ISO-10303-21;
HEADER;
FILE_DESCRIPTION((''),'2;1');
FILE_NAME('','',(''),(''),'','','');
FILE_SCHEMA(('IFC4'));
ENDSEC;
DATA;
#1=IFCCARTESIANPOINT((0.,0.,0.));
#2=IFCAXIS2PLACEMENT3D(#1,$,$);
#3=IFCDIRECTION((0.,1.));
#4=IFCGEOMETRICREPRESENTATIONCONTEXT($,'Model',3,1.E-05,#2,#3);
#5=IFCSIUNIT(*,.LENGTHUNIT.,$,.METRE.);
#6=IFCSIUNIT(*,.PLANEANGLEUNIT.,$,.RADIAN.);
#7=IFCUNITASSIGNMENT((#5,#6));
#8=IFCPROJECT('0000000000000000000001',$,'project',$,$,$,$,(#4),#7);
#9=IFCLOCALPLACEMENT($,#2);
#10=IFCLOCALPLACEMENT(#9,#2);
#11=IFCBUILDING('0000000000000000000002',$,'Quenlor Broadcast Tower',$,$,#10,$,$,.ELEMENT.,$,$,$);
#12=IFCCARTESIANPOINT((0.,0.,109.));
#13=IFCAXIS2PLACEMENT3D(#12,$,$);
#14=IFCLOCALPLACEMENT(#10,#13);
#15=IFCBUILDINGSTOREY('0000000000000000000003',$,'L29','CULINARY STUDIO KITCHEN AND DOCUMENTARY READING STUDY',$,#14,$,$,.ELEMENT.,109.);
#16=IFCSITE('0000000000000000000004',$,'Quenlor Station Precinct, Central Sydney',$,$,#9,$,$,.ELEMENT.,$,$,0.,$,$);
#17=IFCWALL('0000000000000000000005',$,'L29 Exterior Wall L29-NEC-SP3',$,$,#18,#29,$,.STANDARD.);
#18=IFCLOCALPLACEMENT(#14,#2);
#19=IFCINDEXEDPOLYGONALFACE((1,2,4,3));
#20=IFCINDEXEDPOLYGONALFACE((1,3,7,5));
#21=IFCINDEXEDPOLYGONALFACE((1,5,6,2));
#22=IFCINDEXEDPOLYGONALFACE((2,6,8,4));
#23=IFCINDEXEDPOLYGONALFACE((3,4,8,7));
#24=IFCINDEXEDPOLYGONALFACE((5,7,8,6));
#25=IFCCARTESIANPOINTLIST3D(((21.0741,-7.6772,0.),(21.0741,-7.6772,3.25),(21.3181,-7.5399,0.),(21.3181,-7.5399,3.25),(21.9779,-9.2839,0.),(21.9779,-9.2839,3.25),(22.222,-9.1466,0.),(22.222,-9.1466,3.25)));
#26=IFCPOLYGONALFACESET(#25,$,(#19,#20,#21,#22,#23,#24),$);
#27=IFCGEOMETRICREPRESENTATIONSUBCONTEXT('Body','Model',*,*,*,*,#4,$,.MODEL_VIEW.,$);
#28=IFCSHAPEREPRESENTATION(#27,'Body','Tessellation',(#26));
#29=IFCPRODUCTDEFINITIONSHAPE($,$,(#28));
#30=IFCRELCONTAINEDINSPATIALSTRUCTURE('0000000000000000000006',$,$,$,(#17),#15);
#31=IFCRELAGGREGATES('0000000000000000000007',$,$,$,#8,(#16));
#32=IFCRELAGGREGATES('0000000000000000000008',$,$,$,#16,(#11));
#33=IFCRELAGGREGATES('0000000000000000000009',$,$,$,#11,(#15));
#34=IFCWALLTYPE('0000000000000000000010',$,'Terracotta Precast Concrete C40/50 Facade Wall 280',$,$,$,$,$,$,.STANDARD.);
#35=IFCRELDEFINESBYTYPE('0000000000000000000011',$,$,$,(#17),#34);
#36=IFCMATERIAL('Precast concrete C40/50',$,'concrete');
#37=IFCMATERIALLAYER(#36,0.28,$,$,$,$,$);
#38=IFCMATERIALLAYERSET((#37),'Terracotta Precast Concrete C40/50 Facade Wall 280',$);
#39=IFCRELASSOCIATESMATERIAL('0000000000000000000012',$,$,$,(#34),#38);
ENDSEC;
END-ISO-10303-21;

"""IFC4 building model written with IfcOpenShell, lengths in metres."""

from ifc_helpers import new_model, si_unit, direction, frame, frame_2d, origin, place, context, subcontext, project, spatial, rectangle, extrude, material, layer, layer_set, type_object, element, save


model = new_model("IFC4")

# Units and contexts
model_context = context("Model", 3, precision=1e-05, world=origin(), true_north=direction((0.0, 1.0)))
body_context = subcontext(model_context, "Body", "Model", "MODEL_VIEW")
ifc_project = project(units=[si_unit("LENGTHUNIT", "METRE"), si_unit("PLANEANGLEUNIT", "RADIAN")], contexts=[model_context])

# Site, building, storey
site_placement = place(None, origin())
site = spatial("IfcSite", under=ifc_project, at=site_placement, Name="Quenlor Station Precinct, Central Sydney", CompositionType="ELEMENT", RefElevation=0.0)
building_placement = place(site_placement, origin())
building = spatial("IfcBuilding", under=site, at=building_placement, Name="Quenlor Broadcast Tower", CompositionType="ELEMENT")
storey_placement = place(building_placement, frame((0.0, 0.0, 109.0)))
storey = spatial("IfcBuildingStorey", under=building, at=storey_placement, Name="L29", Description="CULINARY STUDIO KITCHEN AND DOCUMENTARY READING STUDY", CompositionType="ELEMENT", Elevation=109.0)

# Wall
ifc_material_1 = material(Name="Precast concrete C40/50", Category="concrete")
ifc_layer_1 = layer(ifc_material_1, 0.28)
ifc_layer_set_1 = layer_set([ifc_layer_1], Name="Terracotta Precast Concrete C40/50 Facade Wall 280")
wall_type_1 = type_object("IfcWallType", Name="Terracotta Precast Concrete C40/50 Facade Wall 280", PredefinedType="STANDARD", material=ifc_layer_set_1)
wall_1_placement = place(storey_placement, frame((21.196, -7.6084, 0.0), z_axis=(0.0, 0.0, 1.0), x_axis=(0.49028, -0.871565, 0.0)))
element("IfcWall", 1, at=wall_1_placement, inside=storey, type_object=wall_type_1, Name="L29 Exterior Wall L29-NEC-SP3", PredefinedType="STANDARD", context=body_context, shape_type="SweptSolid", body=[
    extrude(rectangle(XDim=1.8435, YDim=0.28, at=frame_2d((0.9219, 0.0))), origin(), (0.0, 0.0, 1.0), 3.25),
])

save(model, "model.ifc")
